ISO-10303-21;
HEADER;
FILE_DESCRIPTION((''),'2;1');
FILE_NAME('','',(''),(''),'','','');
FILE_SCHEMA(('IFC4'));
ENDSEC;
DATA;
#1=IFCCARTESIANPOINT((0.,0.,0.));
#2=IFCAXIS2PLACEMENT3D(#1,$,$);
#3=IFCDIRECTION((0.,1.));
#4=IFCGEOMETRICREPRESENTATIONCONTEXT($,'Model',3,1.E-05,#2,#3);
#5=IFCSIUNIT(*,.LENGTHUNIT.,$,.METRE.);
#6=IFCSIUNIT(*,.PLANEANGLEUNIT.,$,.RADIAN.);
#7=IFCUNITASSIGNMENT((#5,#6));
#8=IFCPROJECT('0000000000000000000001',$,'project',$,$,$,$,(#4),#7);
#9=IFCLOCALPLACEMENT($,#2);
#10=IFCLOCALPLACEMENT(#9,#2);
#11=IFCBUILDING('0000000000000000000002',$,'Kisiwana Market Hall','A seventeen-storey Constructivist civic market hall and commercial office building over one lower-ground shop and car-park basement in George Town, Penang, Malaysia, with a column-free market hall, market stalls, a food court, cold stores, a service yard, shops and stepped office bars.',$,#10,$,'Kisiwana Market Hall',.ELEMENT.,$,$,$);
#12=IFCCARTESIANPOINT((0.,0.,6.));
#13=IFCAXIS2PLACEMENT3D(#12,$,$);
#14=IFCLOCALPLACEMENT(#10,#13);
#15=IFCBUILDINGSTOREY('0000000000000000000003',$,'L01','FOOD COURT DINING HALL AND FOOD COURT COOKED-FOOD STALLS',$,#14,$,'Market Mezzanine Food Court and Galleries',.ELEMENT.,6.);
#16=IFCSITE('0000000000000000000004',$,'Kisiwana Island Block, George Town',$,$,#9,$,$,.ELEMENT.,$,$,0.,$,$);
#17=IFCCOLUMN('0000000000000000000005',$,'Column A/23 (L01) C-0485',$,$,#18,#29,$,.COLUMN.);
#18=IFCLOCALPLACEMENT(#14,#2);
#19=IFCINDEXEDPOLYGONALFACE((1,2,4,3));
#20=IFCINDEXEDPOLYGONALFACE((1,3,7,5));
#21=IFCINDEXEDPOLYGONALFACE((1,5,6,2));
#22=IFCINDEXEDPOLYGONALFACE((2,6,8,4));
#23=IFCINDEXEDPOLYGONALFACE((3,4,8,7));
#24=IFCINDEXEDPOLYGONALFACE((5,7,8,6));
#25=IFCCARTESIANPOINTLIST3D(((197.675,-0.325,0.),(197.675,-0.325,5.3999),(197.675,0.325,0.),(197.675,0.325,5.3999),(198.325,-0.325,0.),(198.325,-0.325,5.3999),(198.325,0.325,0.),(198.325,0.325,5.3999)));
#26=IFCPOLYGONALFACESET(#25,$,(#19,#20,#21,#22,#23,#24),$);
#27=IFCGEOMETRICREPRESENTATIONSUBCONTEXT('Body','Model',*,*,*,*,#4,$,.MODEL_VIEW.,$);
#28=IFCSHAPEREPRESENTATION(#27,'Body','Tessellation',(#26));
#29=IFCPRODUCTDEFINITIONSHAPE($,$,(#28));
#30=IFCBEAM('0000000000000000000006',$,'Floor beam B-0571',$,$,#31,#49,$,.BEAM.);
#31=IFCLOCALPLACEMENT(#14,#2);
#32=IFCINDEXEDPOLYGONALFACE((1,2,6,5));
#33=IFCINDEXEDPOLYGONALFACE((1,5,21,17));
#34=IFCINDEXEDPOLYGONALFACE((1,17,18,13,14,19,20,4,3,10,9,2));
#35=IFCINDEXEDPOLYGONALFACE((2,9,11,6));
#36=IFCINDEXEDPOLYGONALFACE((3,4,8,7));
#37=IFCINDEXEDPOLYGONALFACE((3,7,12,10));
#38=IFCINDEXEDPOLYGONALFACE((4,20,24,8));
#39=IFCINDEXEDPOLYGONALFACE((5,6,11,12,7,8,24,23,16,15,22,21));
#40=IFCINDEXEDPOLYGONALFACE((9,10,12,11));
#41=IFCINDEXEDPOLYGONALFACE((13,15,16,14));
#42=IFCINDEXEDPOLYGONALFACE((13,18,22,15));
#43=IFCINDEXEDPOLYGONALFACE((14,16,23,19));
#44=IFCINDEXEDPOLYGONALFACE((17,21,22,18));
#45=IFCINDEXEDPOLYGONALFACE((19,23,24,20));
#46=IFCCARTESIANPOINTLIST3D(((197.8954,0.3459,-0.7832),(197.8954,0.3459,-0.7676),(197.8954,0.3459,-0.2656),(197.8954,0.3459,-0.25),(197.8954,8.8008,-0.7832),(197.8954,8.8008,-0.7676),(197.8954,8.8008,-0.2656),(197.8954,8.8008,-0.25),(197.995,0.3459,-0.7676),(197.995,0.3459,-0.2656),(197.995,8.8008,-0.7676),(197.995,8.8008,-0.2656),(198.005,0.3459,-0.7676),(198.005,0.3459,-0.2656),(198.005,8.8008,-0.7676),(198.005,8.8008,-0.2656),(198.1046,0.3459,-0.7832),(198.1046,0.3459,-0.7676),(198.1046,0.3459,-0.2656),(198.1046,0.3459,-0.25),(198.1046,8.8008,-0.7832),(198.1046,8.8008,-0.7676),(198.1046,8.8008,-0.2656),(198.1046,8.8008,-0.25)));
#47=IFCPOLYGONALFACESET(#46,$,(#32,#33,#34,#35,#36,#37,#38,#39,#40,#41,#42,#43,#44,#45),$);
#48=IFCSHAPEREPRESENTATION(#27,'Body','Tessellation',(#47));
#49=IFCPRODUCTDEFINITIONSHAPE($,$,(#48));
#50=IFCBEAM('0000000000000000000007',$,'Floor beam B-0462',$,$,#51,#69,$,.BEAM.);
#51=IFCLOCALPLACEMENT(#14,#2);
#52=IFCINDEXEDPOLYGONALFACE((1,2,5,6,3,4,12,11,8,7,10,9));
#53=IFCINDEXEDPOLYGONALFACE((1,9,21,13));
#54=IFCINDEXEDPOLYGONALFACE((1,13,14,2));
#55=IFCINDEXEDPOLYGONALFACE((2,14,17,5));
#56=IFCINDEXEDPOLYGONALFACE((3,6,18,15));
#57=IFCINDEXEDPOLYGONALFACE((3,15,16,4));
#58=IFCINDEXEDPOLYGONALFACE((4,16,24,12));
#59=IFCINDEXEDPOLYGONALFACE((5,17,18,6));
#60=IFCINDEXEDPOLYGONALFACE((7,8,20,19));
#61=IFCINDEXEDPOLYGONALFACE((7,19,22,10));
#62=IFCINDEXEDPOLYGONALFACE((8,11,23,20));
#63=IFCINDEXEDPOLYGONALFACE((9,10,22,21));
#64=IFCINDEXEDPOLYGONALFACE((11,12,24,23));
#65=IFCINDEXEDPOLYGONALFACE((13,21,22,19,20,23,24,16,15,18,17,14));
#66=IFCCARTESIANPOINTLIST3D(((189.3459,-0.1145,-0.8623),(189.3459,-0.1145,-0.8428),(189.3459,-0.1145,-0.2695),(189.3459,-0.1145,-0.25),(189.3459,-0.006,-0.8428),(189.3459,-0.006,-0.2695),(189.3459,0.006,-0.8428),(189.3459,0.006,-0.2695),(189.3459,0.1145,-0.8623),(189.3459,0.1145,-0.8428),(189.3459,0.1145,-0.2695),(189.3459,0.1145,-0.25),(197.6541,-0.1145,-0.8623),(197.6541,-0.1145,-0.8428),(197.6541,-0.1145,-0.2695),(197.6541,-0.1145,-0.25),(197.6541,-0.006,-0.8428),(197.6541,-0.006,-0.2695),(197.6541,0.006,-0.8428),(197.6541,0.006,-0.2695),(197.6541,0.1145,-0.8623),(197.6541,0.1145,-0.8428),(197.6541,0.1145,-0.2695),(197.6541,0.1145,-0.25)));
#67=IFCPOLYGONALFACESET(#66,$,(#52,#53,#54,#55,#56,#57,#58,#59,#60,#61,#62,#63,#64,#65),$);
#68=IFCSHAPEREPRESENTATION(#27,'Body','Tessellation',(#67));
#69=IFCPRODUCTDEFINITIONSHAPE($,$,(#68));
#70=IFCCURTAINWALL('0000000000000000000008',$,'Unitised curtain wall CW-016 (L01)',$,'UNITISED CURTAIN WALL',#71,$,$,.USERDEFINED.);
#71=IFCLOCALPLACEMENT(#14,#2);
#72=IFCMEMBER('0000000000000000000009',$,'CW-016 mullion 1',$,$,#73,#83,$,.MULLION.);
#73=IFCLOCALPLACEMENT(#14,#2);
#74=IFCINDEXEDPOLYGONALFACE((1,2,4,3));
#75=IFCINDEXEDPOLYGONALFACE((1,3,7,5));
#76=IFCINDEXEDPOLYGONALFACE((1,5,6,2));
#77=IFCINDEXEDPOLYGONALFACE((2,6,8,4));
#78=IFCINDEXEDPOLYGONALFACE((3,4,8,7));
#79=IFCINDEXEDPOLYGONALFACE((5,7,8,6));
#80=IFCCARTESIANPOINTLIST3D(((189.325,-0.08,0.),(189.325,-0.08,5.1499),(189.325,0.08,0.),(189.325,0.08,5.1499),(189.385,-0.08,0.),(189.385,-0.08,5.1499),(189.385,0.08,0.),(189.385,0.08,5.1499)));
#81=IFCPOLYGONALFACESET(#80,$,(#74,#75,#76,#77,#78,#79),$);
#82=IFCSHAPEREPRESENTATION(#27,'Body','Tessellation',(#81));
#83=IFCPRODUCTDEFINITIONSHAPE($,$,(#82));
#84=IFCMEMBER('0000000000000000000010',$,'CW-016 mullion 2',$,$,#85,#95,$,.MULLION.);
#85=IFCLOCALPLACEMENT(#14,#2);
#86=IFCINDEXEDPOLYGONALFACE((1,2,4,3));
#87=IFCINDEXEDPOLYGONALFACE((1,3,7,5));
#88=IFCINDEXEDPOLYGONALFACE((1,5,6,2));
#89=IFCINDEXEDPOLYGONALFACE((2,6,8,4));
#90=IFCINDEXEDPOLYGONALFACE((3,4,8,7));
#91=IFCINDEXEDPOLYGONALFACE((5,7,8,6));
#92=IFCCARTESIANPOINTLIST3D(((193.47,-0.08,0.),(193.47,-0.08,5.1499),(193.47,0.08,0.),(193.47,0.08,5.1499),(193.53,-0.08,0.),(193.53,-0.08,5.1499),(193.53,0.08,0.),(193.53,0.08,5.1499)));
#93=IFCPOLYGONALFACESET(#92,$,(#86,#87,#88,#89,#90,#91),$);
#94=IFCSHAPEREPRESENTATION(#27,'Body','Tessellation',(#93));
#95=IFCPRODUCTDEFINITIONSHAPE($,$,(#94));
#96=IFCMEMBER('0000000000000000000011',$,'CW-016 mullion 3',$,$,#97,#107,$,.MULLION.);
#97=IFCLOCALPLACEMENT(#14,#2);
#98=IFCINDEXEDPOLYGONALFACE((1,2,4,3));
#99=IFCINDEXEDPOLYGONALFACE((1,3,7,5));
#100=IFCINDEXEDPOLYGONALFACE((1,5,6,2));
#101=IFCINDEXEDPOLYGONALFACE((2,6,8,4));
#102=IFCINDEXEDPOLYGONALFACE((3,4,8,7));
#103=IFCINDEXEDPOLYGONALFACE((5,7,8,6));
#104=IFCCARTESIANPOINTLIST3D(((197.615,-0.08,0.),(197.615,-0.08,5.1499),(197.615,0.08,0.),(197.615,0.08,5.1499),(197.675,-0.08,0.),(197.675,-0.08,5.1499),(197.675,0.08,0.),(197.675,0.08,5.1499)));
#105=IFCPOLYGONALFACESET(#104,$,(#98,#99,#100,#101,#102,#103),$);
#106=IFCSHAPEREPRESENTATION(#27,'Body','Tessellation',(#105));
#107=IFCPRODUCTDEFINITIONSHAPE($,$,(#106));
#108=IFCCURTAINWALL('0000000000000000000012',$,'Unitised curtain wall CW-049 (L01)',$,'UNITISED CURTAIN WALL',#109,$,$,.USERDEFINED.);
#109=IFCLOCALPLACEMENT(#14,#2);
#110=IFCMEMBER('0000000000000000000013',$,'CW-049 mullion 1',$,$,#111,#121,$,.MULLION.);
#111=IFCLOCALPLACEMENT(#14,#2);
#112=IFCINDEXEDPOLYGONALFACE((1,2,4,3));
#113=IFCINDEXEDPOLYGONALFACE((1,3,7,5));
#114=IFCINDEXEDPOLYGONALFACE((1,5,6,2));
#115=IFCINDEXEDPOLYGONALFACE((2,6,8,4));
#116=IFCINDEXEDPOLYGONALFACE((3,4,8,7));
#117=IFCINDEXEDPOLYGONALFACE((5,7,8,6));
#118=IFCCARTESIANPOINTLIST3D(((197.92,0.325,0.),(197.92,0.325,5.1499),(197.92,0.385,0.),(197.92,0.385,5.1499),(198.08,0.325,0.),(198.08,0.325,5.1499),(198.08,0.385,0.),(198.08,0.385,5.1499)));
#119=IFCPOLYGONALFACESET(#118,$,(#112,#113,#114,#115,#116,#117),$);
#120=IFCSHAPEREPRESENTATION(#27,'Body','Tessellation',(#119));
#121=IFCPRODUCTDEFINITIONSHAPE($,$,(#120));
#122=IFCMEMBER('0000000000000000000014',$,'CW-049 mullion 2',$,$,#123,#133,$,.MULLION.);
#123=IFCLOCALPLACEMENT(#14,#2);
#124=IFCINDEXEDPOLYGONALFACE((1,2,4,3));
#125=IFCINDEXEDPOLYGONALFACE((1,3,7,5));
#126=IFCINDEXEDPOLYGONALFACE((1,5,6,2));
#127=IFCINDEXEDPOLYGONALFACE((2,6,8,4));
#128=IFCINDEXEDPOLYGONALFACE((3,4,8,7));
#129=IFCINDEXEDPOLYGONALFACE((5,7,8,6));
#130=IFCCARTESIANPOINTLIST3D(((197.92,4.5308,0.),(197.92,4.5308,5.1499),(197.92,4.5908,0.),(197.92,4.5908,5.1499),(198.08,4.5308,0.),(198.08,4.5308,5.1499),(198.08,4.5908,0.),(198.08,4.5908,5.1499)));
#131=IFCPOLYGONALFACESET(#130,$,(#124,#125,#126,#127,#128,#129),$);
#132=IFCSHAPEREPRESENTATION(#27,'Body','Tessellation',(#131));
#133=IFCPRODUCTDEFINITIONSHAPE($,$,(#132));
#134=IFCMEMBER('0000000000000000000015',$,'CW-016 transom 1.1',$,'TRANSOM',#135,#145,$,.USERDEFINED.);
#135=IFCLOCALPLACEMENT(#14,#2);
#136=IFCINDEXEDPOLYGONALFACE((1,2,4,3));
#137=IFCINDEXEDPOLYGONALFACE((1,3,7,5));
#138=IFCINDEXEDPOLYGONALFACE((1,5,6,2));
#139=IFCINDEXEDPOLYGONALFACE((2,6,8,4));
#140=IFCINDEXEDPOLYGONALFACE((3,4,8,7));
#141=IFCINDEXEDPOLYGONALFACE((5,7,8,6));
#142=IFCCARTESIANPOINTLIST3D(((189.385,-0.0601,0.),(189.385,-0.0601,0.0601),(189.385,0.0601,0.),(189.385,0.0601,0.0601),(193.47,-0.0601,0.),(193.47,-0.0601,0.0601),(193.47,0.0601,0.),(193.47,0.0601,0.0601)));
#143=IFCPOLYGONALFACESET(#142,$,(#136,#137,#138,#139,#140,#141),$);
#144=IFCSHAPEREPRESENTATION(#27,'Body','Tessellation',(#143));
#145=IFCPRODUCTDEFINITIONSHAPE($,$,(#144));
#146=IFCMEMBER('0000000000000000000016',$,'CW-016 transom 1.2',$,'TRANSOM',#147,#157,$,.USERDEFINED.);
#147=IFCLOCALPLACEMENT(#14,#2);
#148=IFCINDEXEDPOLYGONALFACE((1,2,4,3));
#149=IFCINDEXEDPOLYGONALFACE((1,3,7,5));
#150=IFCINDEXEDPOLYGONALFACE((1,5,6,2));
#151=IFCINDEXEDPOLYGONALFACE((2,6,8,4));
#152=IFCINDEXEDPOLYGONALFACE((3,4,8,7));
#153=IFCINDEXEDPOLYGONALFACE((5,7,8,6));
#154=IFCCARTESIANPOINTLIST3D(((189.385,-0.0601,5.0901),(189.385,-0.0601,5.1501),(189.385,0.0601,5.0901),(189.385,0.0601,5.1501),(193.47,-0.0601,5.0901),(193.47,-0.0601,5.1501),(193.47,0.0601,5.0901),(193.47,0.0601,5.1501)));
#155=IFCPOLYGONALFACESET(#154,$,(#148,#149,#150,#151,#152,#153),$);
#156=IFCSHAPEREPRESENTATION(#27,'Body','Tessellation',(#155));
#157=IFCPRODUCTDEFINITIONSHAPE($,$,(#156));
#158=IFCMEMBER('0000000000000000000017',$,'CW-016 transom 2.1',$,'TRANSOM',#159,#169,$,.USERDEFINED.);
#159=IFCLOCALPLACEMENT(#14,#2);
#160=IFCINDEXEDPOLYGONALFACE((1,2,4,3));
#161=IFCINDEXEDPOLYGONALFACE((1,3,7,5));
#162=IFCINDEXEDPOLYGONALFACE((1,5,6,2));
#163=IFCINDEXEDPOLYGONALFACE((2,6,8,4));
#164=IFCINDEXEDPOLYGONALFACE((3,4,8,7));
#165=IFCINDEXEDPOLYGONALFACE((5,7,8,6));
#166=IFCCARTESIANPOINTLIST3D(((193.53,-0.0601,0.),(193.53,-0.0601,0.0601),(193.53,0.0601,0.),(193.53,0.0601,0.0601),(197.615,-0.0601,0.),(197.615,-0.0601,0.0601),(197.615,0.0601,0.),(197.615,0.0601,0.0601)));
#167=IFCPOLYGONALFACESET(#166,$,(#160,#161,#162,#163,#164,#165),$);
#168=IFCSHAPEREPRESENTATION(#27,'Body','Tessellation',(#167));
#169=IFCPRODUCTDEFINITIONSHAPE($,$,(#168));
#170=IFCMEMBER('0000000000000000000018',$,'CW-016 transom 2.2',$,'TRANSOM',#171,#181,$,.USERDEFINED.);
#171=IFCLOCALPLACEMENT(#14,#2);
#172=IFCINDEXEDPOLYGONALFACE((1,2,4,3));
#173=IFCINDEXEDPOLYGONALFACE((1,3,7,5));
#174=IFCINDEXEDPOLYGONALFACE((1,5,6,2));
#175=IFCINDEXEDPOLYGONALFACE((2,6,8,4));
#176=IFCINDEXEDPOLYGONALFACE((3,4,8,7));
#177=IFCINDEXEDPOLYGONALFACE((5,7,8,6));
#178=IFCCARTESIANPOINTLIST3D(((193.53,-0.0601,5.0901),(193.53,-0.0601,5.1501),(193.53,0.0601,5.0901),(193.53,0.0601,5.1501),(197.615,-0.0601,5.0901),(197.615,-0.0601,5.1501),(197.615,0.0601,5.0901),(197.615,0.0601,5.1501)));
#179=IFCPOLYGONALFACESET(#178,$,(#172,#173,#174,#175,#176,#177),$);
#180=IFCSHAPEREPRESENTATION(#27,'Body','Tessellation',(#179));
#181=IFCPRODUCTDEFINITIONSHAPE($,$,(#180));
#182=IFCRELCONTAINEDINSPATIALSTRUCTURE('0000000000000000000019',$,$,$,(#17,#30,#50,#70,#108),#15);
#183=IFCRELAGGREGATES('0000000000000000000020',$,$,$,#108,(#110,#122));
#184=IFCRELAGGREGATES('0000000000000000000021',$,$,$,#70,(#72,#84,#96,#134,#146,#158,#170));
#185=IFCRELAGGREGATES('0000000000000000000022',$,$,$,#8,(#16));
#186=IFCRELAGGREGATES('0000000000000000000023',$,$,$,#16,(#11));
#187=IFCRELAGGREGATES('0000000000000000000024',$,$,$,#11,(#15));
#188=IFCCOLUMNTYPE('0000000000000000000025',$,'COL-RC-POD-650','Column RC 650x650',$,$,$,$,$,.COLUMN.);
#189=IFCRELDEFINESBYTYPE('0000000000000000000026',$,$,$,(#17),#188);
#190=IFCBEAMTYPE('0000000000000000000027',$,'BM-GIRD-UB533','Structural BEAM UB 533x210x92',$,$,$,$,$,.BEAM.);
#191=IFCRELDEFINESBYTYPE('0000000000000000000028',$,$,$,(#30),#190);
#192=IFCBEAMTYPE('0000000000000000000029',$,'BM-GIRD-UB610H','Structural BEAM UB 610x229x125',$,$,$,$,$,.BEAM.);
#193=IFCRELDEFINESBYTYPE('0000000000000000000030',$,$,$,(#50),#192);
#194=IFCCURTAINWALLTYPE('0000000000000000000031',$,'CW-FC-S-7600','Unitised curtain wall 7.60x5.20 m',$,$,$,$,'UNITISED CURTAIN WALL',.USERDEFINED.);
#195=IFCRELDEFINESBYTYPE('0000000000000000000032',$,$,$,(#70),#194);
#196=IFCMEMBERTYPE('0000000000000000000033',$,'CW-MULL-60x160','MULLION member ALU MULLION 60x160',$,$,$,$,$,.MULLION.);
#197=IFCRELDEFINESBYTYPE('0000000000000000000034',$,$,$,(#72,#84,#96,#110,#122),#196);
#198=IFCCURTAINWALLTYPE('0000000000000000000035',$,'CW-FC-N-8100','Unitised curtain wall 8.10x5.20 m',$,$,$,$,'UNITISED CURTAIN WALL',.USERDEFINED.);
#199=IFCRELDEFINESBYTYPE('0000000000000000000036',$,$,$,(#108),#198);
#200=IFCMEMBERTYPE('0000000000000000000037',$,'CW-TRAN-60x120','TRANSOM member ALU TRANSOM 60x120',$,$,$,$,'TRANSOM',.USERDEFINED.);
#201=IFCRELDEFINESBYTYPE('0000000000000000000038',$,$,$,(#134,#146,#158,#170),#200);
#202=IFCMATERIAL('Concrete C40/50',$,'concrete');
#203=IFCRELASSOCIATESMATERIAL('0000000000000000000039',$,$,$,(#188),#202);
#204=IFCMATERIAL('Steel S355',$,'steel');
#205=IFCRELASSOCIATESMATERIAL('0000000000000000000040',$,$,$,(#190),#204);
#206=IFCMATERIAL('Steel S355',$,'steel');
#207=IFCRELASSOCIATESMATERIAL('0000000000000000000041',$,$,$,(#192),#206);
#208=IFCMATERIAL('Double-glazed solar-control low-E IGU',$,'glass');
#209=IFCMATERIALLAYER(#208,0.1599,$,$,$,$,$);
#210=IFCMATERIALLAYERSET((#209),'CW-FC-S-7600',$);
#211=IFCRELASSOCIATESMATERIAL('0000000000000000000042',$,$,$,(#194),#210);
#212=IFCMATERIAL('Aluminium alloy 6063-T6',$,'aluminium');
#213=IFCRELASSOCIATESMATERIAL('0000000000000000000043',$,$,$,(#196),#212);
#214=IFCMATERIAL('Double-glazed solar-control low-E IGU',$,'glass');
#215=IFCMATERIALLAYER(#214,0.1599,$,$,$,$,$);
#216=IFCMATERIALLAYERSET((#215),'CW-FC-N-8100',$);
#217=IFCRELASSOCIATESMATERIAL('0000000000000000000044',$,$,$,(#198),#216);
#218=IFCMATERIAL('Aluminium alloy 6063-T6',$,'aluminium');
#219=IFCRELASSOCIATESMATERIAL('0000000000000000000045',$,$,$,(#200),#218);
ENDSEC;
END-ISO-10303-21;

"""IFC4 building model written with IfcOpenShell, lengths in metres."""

from ifc_helpers import new_model, si_unit, direction, frame, origin, origin_2d, place, context, subcontext, project, spatial, rectangle, i_section, extrude, material, layer, layer_set, material_profile, profile_set, type_object, element, aggregate, save


model = new_model("IFC4")

# Units and contexts
model_context = context("Model", 3, precision=1e-05, world=origin(), true_north=direction((0.0, 1.0)))
body_context = subcontext(model_context, "Body", "Model", "MODEL_VIEW")
ifc_project = project(units=[si_unit("LENGTHUNIT", "METRE"), si_unit("PLANEANGLEUNIT", "RADIAN")], contexts=[model_context])

# Site, building, storey
site_placement = place(None, origin())
site = spatial("IfcSite", under=ifc_project, at=site_placement, Name="Kisiwana Island Block, George Town", CompositionType="ELEMENT", RefElevation=0.0)
building_placement = place(site_placement, origin())
building = spatial("IfcBuilding", under=site, at=building_placement, Name="Kisiwana Market Hall", Description="A seventeen-storey Constructivist civic market hall and commercial office building over one lower-ground shop and car-park basement in George Town, Penang, Malaysia, with a column-free market hall, market stalls, a food court, cold stores, a service yard, shops and stepped office bars.", LongName="Kisiwana Market Hall", CompositionType="ELEMENT")
storey_placement = place(building_placement, frame((0.0, 0.0, 6.0)))
storey = spatial("IfcBuildingStorey", under=building, at=storey_placement, Name="L01", Description="FOOD COURT DINING HALL AND FOOD COURT COOKED-FOOD STALLS", LongName="Market Mezzanine Food Court and Galleries", CompositionType="ELEMENT", Elevation=6.0)

# Column
ifc_material_1 = material(Name="Concrete C40/50", Category="concrete")
ifc_material_profile_1 = material_profile(ifc_material_1, rectangle(XDim=0.6499, YDim=0.6499, at=origin_2d()), Name="RC 650x650")
ifc_profile_set_1 = profile_set([ifc_material_profile_1], Name="Concrete C40/50")
column_type = type_object("IfcColumnType", Name="COL-RC-POD-650", Description="Column RC 650x650", PredefinedType="COLUMN", material=ifc_profile_set_1)
column_placement = place(storey_placement, frame((198.0, 0.0, 0.0), z_axis=(0.0, 0.0, 1.0), x_axis=(1.0, 0.0, 0.0)))
element("IfcColumn", 1, at=column_placement, inside=storey, type_object=column_type, Name="Column A/23 (L01) C-0485", PredefinedType="COLUMN", context=body_context, shape_type="SweptSolid", body=[
    extrude(rectangle(XDim=0.6499, YDim=0.6499, at=origin_2d()), origin(), (0.0, 0.0, 1.0), 5.3999),
])

# Beams
ifc_material_2 = material(Name="Steel S355", Category="steel")
ifc_material_profile_2 = material_profile(ifc_material_2, i_section(OverallWidth=0.2092, OverallDepth=0.5332, WebThickness=0.01, FlangeThickness=0.0156, at=origin_2d()), Name="UB 533x210x92")
ifc_profile_set_2 = profile_set([ifc_material_profile_2], Name="Steel S355")
beam_type_1 = type_object("IfcBeamType", Name="BM-GIRD-UB533", Description="Structural BEAM UB 533x210x92", PredefinedType="BEAM", material=ifc_profile_set_2)
beam_1_placement = place(storey_placement, frame((198.0, 0.3459, -0.5166), z_axis=(0.0, 1.0, 0.0), x_axis=(-1.0, 0.0, 0.0)))
element("IfcBeam", 2, at=beam_1_placement, inside=storey, type_object=beam_type_1, Name="Floor beam B-0571", PredefinedType="BEAM", context=body_context, shape_type="SweptSolid", body=[
    extrude(i_section(OverallWidth=0.2092, OverallDepth=0.5332, WebThickness=0.01, FlangeThickness=0.0156, at=origin_2d()), origin(), (0.0, 0.0, 1.0), 8.4548),
])
ifc_material_3 = material(Name="Steel S355", Category="steel")
ifc_material_profile_3 = material_profile(ifc_material_3, i_section(OverallWidth=0.229, OverallDepth=0.6123, WebThickness=0.012, FlangeThickness=0.0195, at=origin_2d()), Name="UB 610x229x125")
ifc_profile_set_3 = profile_set([ifc_material_profile_3], Name="Steel S355")
beam_type_2 = type_object("IfcBeamType", Name="BM-GIRD-UB610H", Description="Structural BEAM UB 610x229x125", PredefinedType="BEAM", material=ifc_profile_set_3)
beam_2_placement = place(storey_placement, frame((189.3459, 0.0, -0.5562), z_axis=(1.0, 0.0, 0.0), x_axis=(0.0, 1.0, 0.0)))
element("IfcBeam", 3, at=beam_2_placement, inside=storey, type_object=beam_type_2, Name="Floor beam B-0462", PredefinedType="BEAM", context=body_context, shape_type="SweptSolid", body=[
    extrude(i_section(OverallWidth=0.229, OverallDepth=0.6123, WebThickness=0.012, FlangeThickness=0.0195, at=origin_2d()), origin(), (0.0, 0.0, 1.0), 8.3081),
])

# Curtain walls, members
ifc_material_4 = material(Name="Double-glazed solar-control low-E IGU", Category="glass")
ifc_layer_1 = layer(ifc_material_4, 0.1599)
ifc_layer_set_1 = layer_set([ifc_layer_1], Name="CW-FC-S-7600")
curtain_wall_type_1 = type_object("IfcCurtainWallType", Name="CW-FC-S-7600", Description="Unitised curtain wall 7.60x5.20 m", ElementType="UNITISED CURTAIN WALL", PredefinedType="USERDEFINED", material=ifc_layer_set_1)
curtain_wall_1_placement = place(storey_placement, origin())
curtain_wall_1 = element("IfcCurtainWall", 4, at=curtain_wall_1_placement, inside=storey, type_object=curtain_wall_type_1, Name="Unitised curtain wall CW-016 (L01)", ObjectType="UNITISED CURTAIN WALL", PredefinedType="USERDEFINED")
ifc_material_5 = material(Name="Aluminium alloy 6063-T6", Category="aluminium")
ifc_material_profile_4 = material_profile(ifc_material_5, rectangle(XDim=0.0601, YDim=0.1599, at=origin_2d()), Name="ALU MULLION 60x160")
ifc_profile_set_4 = profile_set([ifc_material_profile_4], Name="Aluminium alloy 6063-T6")
member_type_1 = type_object("IfcMemberType", Name="CW-MULL-60x160", Description="MULLION member ALU MULLION 60x160", PredefinedType="MULLION", material=ifc_profile_set_4)
member_1_placement = place(storey_placement, frame((189.355, 0.0, 0.0), z_axis=(0.0, 0.0, 1.0), x_axis=(1.0, 0.0, 0.0)))
member_1 = element("IfcMember", 5, at=member_1_placement, type_object=member_type_1, Name="CW-016 mullion 1", PredefinedType="MULLION", context=body_context, shape_type="SweptSolid", body=[
    extrude(rectangle(XDim=0.0601, YDim=0.1599, at=origin_2d()), origin(), (0.0, 0.0, 1.0), 5.1499),
])
member_2_placement = place(storey_placement, frame((193.5, 0.0, 0.0), z_axis=(0.0, 0.0, 1.0), x_axis=(1.0, 0.0, 0.0)))
member_2 = element("IfcMember", 6, at=member_2_placement, type_object=member_type_1, Name="CW-016 mullion 2", PredefinedType="MULLION", context=body_context, shape_type="SweptSolid", body=[
    extrude(rectangle(XDim=0.0601, YDim=0.1599, at=origin_2d()), origin(), (0.0, 0.0, 1.0), 5.1499),
])
member_3_placement = place(storey_placement, frame((197.645, 0.0, 0.0), z_axis=(0.0, 0.0, 1.0), x_axis=(1.0, 0.0, 0.0)))
member_3 = element("IfcMember", 7, at=member_3_placement, type_object=member_type_1, Name="CW-016 mullion 3", PredefinedType="MULLION", context=body_context, shape_type="SweptSolid", body=[
    extrude(rectangle(XDim=0.0601, YDim=0.1599, at=origin_2d()), origin(), (0.0, 0.0, 1.0), 5.1499),
])
ifc_material_6 = material(Name="Double-glazed solar-control low-E IGU", Category="glass")
ifc_layer_2 = layer(ifc_material_6, 0.1599)
ifc_layer_set_2 = layer_set([ifc_layer_2], Name="CW-FC-N-8100")
curtain_wall_type_2 = type_object("IfcCurtainWallType", Name="CW-FC-N-8100", Description="Unitised curtain wall 8.10x5.20 m", ElementType="UNITISED CURTAIN WALL", PredefinedType="USERDEFINED", material=ifc_layer_set_2)
curtain_wall_2_placement = place(storey_placement, origin())
curtain_wall_2 = element("IfcCurtainWall", 8, at=curtain_wall_2_placement, inside=storey, type_object=curtain_wall_type_2, Name="Unitised curtain wall CW-049 (L01)", ObjectType="UNITISED CURTAIN WALL", PredefinedType="USERDEFINED")
member_4_placement = place(storey_placement, frame((198.0, 0.355, 0.0), z_axis=(0.0, 0.0, 1.0), x_axis=(0.0, 1.0, 0.0)))
member_4 = element("IfcMember", 9, at=member_4_placement, type_object=member_type_1, Name="CW-049 mullion 1", PredefinedType="MULLION", context=body_context, shape_type="SweptSolid", body=[
    extrude(rectangle(XDim=0.0601, YDim=0.1599, at=origin_2d()), origin(), (0.0, 0.0, 1.0), 5.1499),
])
member_5_placement = place(storey_placement, frame((198.0, 4.5608, 0.0), z_axis=(0.0, 0.0, 1.0), x_axis=(0.0, 1.0, 0.0)))
member_5 = element("IfcMember", 10, at=member_5_placement, type_object=member_type_1, Name="CW-049 mullion 2", PredefinedType="MULLION", context=body_context, shape_type="SweptSolid", body=[
    extrude(rectangle(XDim=0.0601, YDim=0.1599, at=origin_2d()), origin(), (0.0, 0.0, 1.0), 5.1499),
])

# Members
ifc_material_7 = material(Name="Aluminium alloy 6063-T6", Category="aluminium")
ifc_material_profile_5 = material_profile(ifc_material_7, rectangle(XDim=0.1201, YDim=0.0601, at=origin_2d()), Name="ALU TRANSOM 60x120")
ifc_profile_set_5 = profile_set([ifc_material_profile_5], Name="Aluminium alloy 6063-T6")
member_type_2 = type_object("IfcMemberType", Name="CW-TRAN-60x120", Description="TRANSOM member ALU TRANSOM 60x120", ElementType="TRANSOM", PredefinedType="USERDEFINED", material=ifc_profile_set_5)
member_6_placement = place(storey_placement, frame((189.385, 0.0, 0.03), z_axis=(1.0, 0.0, 0.0), x_axis=(0.0, 1.0, 0.0)))
member_6 = element("IfcMember", 11, at=member_6_placement, type_object=member_type_2, Name="CW-016 transom 1.1", ObjectType="TRANSOM", PredefinedType="USERDEFINED", context=body_context, shape_type="SweptSolid", body=[
    extrude(rectangle(XDim=0.1201, YDim=0.0601, at=origin_2d()), origin(), (0.0, 0.0, 1.0), 4.085),
])
member_7_placement = place(storey_placement, frame((189.385, 0.0, 5.1201), z_axis=(1.0, 0.0, 0.0), x_axis=(0.0, 1.0, 0.0)))
member_7 = element("IfcMember", 12, at=member_7_placement, type_object=member_type_2, Name="CW-016 transom 1.2", ObjectType="TRANSOM", PredefinedType="USERDEFINED", context=body_context, shape_type="SweptSolid", body=[
    extrude(rectangle(XDim=0.1201, YDim=0.0601, at=origin_2d()), origin(), (0.0, 0.0, 1.0), 4.085),
])
member_8_placement = place(storey_placement, frame((193.53, 0.0, 0.03), z_axis=(1.0, 0.0, 0.0), x_axis=(0.0, 1.0, 0.0)))
member_8 = element("IfcMember", 13, at=member_8_placement, type_object=member_type_2, Name="CW-016 transom 2.1", ObjectType="TRANSOM", PredefinedType="USERDEFINED", context=body_context, shape_type="SweptSolid", body=[
    extrude(rectangle(XDim=0.1201, YDim=0.0601, at=origin_2d()), origin(), (0.0, 0.0, 1.0), 4.085),
])
member_9_placement = place(storey_placement, frame((193.53, 0.0, 5.1201), z_axis=(1.0, 0.0, 0.0), x_axis=(0.0, 1.0, 0.0)))
member_9 = element("IfcMember", 14, at=member_9_placement, type_object=member_type_2, Name="CW-016 transom 2.2", ObjectType="TRANSOM", PredefinedType="USERDEFINED", context=body_context, shape_type="SweptSolid", body=[
    extrude(rectangle(XDim=0.1201, YDim=0.0601, at=origin_2d()), origin(), (0.0, 0.0, 1.0), 4.085),
])

aggregate(curtain_wall_2, [member_4, member_5])
aggregate(curtain_wall_1, [member_1, member_2, member_3, member_6, member_7, member_8, member_9])

save(model, "model.ifc")
